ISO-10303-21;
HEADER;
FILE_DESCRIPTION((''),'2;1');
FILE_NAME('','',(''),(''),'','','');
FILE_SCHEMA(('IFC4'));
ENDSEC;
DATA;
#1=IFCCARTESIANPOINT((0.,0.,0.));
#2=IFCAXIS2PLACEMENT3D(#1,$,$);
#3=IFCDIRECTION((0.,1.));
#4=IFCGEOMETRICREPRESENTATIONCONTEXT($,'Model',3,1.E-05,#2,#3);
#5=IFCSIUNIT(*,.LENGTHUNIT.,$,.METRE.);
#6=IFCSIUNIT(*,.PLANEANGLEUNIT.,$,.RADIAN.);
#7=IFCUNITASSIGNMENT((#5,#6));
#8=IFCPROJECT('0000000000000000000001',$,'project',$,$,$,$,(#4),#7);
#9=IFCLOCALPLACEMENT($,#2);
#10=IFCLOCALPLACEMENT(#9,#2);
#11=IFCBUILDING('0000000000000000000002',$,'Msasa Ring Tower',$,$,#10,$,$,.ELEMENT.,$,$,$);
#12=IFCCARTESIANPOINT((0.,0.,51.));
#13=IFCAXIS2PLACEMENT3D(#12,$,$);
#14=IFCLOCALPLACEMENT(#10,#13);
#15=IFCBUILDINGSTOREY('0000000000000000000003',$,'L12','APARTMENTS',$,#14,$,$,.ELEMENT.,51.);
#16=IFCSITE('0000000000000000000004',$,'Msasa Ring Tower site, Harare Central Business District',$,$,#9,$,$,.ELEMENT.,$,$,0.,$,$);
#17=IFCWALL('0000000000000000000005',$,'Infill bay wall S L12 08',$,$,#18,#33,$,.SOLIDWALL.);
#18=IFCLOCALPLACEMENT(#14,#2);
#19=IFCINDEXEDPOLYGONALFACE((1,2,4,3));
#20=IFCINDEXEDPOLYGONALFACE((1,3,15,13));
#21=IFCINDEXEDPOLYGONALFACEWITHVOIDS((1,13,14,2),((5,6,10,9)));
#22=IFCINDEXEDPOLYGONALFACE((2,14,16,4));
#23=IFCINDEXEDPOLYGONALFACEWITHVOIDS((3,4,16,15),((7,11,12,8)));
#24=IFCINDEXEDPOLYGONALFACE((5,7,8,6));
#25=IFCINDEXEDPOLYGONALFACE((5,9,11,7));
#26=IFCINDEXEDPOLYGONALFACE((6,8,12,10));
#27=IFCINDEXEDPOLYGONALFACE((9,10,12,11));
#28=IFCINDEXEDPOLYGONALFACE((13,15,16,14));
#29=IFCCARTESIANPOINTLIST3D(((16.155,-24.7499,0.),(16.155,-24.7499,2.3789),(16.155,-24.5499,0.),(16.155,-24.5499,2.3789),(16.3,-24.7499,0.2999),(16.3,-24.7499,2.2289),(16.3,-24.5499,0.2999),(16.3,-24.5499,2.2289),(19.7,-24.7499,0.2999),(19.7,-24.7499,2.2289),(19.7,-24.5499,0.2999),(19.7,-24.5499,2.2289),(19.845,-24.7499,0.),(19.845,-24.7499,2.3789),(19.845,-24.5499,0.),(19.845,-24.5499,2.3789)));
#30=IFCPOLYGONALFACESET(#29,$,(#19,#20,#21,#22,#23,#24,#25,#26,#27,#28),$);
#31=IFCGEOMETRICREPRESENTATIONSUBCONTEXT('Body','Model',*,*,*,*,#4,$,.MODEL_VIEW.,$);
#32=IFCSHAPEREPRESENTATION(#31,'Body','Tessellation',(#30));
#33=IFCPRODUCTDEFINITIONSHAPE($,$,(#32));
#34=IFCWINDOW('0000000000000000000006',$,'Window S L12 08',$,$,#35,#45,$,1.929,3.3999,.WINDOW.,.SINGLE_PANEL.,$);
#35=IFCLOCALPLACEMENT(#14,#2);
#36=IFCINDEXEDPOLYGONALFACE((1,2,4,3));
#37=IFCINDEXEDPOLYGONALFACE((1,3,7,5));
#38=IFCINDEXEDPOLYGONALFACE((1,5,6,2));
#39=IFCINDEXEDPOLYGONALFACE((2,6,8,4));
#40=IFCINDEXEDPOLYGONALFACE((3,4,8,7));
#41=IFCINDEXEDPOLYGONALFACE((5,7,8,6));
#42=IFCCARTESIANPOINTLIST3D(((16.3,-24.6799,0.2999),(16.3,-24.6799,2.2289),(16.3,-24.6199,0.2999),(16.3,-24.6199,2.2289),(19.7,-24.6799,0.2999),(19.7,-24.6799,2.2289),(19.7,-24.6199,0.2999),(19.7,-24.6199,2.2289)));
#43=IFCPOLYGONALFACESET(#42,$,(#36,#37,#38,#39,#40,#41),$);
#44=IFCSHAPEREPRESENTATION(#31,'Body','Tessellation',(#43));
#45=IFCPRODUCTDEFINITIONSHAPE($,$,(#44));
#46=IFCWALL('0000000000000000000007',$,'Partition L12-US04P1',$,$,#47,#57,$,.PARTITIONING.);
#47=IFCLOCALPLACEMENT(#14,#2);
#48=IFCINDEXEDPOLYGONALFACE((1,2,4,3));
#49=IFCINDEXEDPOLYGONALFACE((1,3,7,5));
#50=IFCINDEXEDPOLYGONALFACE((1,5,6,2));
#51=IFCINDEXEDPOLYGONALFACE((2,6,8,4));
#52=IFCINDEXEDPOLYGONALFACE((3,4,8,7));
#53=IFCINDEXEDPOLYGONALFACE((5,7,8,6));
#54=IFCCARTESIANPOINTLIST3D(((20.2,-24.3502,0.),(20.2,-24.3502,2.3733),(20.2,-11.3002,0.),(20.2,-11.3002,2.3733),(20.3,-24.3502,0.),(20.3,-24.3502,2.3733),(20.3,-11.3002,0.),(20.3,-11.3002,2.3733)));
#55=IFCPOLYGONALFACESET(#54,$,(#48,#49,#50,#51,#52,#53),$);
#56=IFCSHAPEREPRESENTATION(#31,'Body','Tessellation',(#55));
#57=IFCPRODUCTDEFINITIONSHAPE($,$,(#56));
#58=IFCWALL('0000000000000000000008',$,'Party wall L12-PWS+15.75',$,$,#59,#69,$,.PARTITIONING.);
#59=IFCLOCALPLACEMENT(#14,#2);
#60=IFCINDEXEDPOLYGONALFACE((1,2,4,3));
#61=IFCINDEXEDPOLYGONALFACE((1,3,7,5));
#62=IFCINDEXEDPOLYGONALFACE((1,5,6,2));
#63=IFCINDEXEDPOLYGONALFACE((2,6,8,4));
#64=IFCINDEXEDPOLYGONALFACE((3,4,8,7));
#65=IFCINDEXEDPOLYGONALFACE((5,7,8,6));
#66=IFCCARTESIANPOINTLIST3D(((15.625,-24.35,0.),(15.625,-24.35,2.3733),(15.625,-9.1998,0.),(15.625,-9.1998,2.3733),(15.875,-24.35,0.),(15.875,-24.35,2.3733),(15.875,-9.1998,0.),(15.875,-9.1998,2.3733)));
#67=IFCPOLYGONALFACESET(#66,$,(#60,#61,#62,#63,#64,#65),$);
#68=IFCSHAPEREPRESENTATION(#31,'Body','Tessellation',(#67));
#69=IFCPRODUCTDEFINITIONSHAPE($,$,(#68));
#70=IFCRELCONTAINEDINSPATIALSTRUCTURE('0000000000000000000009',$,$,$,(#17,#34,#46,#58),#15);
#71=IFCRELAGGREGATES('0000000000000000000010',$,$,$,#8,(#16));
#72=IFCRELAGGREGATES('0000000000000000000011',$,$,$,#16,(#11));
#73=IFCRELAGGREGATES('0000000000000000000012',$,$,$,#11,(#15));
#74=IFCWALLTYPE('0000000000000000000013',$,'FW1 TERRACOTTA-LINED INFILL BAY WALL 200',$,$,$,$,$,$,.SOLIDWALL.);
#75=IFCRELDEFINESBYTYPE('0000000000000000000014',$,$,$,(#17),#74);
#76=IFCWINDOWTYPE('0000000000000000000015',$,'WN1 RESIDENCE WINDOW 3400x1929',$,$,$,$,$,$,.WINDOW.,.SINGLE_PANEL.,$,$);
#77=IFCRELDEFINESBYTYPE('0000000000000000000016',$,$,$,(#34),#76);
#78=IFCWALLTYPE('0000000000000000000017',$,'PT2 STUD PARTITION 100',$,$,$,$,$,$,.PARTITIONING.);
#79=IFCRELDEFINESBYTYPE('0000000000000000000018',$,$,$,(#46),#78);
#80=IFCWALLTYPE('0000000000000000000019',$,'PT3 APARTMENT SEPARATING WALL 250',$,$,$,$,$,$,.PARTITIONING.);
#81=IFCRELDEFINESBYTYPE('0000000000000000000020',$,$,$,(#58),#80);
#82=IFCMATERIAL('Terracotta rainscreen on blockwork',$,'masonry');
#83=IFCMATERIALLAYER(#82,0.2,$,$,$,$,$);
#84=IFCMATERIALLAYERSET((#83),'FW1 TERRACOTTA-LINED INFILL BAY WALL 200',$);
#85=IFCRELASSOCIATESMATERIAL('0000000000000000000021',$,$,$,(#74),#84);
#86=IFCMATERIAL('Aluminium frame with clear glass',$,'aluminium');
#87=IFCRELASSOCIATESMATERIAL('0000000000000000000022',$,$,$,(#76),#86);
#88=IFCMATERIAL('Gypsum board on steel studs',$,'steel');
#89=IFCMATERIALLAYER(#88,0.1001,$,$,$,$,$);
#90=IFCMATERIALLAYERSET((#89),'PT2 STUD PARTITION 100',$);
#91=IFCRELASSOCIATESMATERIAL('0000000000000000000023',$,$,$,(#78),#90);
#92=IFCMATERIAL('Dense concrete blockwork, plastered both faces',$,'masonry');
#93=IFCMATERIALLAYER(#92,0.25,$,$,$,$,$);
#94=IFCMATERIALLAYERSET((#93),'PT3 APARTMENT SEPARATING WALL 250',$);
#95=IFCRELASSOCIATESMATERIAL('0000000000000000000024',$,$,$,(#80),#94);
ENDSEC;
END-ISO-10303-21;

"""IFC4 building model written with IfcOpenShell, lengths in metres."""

from ifc_helpers import new_model, si_unit, direction, frame, frame_2d, origin, place, context, subcontext, project, spatial, rectangle, extrude, material, layer, layer_set, type_object, element, fill, save


model = new_model("IFC4")

# Units and contexts
model_context = context("Model", 3, precision=1e-05, world=origin(), true_north=direction((0.0, 1.0)))
body_context = subcontext(model_context, "Body", "Model", "MODEL_VIEW")
ifc_project = project(units=[si_unit("LENGTHUNIT", "METRE"), si_unit("PLANEANGLEUNIT", "RADIAN")], contexts=[model_context])

# Site, building, storey
site_placement = place(None, origin())
site = spatial("IfcSite", under=ifc_project, at=site_placement, Name="Msasa Ring Tower site, Harare Central Business District", CompositionType="ELEMENT", RefElevation=0.0)
building_placement = place(site_placement, origin())
building = spatial("IfcBuilding", under=site, at=building_placement, Name="Msasa Ring Tower", CompositionType="ELEMENT")
storey_placement = place(building_placement, frame((0.0, 0.0, 51.0)))
storey = spatial("IfcBuildingStorey", under=building, at=storey_placement, Name="L12", Description="APARTMENTS", CompositionType="ELEMENT", Elevation=51.0)

# Wall, opening, window
ifc_material_1 = material(Name="Terracotta rainscreen on blockwork", Category="masonry")
ifc_layer_1 = layer(ifc_material_1, 0.2)
ifc_layer_set_1 = layer_set([ifc_layer_1], Name="FW1 TERRACOTTA-LINED INFILL BAY WALL 200")
wall_type_1 = type_object("IfcWallType", Name="FW1 TERRACOTTA-LINED INFILL BAY WALL 200", PredefinedType="SOLIDWALL", material=ifc_layer_set_1)
wall_1_placement = place(storey_placement, frame((16.155, -24.6499, 0.0), z_axis=(0.0, 0.0, 1.0), x_axis=(1.0, 0.0, 0.0)))
wall_1 = element("IfcWall", 1, at=wall_1_placement, inside=storey, type_object=wall_type_1, Name="Infill bay wall S L12 08", PredefinedType="SOLIDWALL", context=body_context, shape_type="SweptSolid", body=[
    extrude(rectangle(XDim=3.6899, YDim=0.2, at=frame_2d((1.845, 0.0))), origin(), (0.0, 0.0, 1.0), 2.3789),
])
opening_placement = place(wall_1_placement, frame((0.145, 0.0, 0.3)))
opening = element("IfcOpeningElement", 2, at=opening_placement, cuts=wall_1, PredefinedType="OPENING", context=body_context, shape_type="SweptSolid", body=[
    extrude(rectangle(XDim=3.3999, YDim=1.929, at=frame_2d((1.7, 0.9644))), frame((0.0, 0.1099, 0.0), z_axis=(0.0, -1.0, 0.0), x_axis=(1.0, 0.0, 0.0)), (0.0, 0.0, 1.0), 0.22),
])
ifc_material_2 = material(Name="Aluminium frame with clear glass", Category="aluminium")
window_type = type_object("IfcWindowType", Name="WN1 RESIDENCE WINDOW 3400x1929", PartitioningType="SINGLE_PANEL", PredefinedType="WINDOW", material=ifc_material_2)
window_placement = place(opening_placement, origin())
window = element("IfcWindow", 3, at=window_placement, inside=storey, type_object=window_type, Name="Window S L12 08", OverallHeight=1.929, OverallWidth=3.3999, PartitioningType="SINGLE_PANEL", PredefinedType="WINDOW", context=body_context, shape_type="SweptSolid", body=[
    extrude(rectangle(XDim=3.3999, YDim=1.929, at=frame_2d((1.7, 0.9644))), frame((0.0, 0.03, 0.0), z_axis=(0.0, -1.0, 0.0), x_axis=(1.0, 0.0, 0.0)), (0.0, 0.0, 1.0), 0.0601),
])
fill(opening, window)

# Walls
ifc_material_3 = material(Name="Gypsum board on steel studs", Category="steel")
ifc_layer_2 = layer(ifc_material_3, 0.1001)
ifc_layer_set_2 = layer_set([ifc_layer_2], Name="PT2 STUD PARTITION 100")
wall_type_2 = type_object("IfcWallType", Name="PT2 STUD PARTITION 100", PredefinedType="PARTITIONING", material=ifc_layer_set_2)
wall_2_placement = place(storey_placement, frame((20.25, -24.3501, 0.0), z_axis=(0.0, 0.0, 1.0), x_axis=(0.0, 1.0, 0.0)))
element("IfcWall", 4, at=wall_2_placement, inside=storey, type_object=wall_type_2, Name="Partition L12-US04P1", PredefinedType="PARTITIONING", context=body_context, shape_type="SweptSolid", body=[
    extrude(rectangle(XDim=13.05, YDim=0.1001, at=frame_2d((6.5249, 0.0))), origin(), (0.0, 0.0, 1.0), 2.3733),
])
ifc_material_4 = material(Name="Dense concrete blockwork, plastered both faces", Category="masonry")
ifc_layer_3 = layer(ifc_material_4, 0.25)
ifc_layer_set_3 = layer_set([ifc_layer_3], Name="PT3 APARTMENT SEPARATING WALL 250")
wall_type_3 = type_object("IfcWallType", Name="PT3 APARTMENT SEPARATING WALL 250", PredefinedType="PARTITIONING", material=ifc_layer_set_3)
wall_3_placement = place(storey_placement, frame((15.75, -24.3501, 0.0), z_axis=(0.0, 0.0, 1.0), x_axis=(0.0, 1.0, 0.0)))
element("IfcWall", 5, at=wall_3_placement, inside=storey, type_object=wall_type_3, Name="Party wall L12-PWS+15.75", PredefinedType="PARTITIONING", context=body_context, shape_type="SweptSolid", body=[
    extrude(rectangle(XDim=15.1501, YDim=0.25, at=frame_2d((7.5752, 0.0))), origin(), (0.0, 0.0, 1.0), 2.3733),
])

save(model, "model.ifc")
